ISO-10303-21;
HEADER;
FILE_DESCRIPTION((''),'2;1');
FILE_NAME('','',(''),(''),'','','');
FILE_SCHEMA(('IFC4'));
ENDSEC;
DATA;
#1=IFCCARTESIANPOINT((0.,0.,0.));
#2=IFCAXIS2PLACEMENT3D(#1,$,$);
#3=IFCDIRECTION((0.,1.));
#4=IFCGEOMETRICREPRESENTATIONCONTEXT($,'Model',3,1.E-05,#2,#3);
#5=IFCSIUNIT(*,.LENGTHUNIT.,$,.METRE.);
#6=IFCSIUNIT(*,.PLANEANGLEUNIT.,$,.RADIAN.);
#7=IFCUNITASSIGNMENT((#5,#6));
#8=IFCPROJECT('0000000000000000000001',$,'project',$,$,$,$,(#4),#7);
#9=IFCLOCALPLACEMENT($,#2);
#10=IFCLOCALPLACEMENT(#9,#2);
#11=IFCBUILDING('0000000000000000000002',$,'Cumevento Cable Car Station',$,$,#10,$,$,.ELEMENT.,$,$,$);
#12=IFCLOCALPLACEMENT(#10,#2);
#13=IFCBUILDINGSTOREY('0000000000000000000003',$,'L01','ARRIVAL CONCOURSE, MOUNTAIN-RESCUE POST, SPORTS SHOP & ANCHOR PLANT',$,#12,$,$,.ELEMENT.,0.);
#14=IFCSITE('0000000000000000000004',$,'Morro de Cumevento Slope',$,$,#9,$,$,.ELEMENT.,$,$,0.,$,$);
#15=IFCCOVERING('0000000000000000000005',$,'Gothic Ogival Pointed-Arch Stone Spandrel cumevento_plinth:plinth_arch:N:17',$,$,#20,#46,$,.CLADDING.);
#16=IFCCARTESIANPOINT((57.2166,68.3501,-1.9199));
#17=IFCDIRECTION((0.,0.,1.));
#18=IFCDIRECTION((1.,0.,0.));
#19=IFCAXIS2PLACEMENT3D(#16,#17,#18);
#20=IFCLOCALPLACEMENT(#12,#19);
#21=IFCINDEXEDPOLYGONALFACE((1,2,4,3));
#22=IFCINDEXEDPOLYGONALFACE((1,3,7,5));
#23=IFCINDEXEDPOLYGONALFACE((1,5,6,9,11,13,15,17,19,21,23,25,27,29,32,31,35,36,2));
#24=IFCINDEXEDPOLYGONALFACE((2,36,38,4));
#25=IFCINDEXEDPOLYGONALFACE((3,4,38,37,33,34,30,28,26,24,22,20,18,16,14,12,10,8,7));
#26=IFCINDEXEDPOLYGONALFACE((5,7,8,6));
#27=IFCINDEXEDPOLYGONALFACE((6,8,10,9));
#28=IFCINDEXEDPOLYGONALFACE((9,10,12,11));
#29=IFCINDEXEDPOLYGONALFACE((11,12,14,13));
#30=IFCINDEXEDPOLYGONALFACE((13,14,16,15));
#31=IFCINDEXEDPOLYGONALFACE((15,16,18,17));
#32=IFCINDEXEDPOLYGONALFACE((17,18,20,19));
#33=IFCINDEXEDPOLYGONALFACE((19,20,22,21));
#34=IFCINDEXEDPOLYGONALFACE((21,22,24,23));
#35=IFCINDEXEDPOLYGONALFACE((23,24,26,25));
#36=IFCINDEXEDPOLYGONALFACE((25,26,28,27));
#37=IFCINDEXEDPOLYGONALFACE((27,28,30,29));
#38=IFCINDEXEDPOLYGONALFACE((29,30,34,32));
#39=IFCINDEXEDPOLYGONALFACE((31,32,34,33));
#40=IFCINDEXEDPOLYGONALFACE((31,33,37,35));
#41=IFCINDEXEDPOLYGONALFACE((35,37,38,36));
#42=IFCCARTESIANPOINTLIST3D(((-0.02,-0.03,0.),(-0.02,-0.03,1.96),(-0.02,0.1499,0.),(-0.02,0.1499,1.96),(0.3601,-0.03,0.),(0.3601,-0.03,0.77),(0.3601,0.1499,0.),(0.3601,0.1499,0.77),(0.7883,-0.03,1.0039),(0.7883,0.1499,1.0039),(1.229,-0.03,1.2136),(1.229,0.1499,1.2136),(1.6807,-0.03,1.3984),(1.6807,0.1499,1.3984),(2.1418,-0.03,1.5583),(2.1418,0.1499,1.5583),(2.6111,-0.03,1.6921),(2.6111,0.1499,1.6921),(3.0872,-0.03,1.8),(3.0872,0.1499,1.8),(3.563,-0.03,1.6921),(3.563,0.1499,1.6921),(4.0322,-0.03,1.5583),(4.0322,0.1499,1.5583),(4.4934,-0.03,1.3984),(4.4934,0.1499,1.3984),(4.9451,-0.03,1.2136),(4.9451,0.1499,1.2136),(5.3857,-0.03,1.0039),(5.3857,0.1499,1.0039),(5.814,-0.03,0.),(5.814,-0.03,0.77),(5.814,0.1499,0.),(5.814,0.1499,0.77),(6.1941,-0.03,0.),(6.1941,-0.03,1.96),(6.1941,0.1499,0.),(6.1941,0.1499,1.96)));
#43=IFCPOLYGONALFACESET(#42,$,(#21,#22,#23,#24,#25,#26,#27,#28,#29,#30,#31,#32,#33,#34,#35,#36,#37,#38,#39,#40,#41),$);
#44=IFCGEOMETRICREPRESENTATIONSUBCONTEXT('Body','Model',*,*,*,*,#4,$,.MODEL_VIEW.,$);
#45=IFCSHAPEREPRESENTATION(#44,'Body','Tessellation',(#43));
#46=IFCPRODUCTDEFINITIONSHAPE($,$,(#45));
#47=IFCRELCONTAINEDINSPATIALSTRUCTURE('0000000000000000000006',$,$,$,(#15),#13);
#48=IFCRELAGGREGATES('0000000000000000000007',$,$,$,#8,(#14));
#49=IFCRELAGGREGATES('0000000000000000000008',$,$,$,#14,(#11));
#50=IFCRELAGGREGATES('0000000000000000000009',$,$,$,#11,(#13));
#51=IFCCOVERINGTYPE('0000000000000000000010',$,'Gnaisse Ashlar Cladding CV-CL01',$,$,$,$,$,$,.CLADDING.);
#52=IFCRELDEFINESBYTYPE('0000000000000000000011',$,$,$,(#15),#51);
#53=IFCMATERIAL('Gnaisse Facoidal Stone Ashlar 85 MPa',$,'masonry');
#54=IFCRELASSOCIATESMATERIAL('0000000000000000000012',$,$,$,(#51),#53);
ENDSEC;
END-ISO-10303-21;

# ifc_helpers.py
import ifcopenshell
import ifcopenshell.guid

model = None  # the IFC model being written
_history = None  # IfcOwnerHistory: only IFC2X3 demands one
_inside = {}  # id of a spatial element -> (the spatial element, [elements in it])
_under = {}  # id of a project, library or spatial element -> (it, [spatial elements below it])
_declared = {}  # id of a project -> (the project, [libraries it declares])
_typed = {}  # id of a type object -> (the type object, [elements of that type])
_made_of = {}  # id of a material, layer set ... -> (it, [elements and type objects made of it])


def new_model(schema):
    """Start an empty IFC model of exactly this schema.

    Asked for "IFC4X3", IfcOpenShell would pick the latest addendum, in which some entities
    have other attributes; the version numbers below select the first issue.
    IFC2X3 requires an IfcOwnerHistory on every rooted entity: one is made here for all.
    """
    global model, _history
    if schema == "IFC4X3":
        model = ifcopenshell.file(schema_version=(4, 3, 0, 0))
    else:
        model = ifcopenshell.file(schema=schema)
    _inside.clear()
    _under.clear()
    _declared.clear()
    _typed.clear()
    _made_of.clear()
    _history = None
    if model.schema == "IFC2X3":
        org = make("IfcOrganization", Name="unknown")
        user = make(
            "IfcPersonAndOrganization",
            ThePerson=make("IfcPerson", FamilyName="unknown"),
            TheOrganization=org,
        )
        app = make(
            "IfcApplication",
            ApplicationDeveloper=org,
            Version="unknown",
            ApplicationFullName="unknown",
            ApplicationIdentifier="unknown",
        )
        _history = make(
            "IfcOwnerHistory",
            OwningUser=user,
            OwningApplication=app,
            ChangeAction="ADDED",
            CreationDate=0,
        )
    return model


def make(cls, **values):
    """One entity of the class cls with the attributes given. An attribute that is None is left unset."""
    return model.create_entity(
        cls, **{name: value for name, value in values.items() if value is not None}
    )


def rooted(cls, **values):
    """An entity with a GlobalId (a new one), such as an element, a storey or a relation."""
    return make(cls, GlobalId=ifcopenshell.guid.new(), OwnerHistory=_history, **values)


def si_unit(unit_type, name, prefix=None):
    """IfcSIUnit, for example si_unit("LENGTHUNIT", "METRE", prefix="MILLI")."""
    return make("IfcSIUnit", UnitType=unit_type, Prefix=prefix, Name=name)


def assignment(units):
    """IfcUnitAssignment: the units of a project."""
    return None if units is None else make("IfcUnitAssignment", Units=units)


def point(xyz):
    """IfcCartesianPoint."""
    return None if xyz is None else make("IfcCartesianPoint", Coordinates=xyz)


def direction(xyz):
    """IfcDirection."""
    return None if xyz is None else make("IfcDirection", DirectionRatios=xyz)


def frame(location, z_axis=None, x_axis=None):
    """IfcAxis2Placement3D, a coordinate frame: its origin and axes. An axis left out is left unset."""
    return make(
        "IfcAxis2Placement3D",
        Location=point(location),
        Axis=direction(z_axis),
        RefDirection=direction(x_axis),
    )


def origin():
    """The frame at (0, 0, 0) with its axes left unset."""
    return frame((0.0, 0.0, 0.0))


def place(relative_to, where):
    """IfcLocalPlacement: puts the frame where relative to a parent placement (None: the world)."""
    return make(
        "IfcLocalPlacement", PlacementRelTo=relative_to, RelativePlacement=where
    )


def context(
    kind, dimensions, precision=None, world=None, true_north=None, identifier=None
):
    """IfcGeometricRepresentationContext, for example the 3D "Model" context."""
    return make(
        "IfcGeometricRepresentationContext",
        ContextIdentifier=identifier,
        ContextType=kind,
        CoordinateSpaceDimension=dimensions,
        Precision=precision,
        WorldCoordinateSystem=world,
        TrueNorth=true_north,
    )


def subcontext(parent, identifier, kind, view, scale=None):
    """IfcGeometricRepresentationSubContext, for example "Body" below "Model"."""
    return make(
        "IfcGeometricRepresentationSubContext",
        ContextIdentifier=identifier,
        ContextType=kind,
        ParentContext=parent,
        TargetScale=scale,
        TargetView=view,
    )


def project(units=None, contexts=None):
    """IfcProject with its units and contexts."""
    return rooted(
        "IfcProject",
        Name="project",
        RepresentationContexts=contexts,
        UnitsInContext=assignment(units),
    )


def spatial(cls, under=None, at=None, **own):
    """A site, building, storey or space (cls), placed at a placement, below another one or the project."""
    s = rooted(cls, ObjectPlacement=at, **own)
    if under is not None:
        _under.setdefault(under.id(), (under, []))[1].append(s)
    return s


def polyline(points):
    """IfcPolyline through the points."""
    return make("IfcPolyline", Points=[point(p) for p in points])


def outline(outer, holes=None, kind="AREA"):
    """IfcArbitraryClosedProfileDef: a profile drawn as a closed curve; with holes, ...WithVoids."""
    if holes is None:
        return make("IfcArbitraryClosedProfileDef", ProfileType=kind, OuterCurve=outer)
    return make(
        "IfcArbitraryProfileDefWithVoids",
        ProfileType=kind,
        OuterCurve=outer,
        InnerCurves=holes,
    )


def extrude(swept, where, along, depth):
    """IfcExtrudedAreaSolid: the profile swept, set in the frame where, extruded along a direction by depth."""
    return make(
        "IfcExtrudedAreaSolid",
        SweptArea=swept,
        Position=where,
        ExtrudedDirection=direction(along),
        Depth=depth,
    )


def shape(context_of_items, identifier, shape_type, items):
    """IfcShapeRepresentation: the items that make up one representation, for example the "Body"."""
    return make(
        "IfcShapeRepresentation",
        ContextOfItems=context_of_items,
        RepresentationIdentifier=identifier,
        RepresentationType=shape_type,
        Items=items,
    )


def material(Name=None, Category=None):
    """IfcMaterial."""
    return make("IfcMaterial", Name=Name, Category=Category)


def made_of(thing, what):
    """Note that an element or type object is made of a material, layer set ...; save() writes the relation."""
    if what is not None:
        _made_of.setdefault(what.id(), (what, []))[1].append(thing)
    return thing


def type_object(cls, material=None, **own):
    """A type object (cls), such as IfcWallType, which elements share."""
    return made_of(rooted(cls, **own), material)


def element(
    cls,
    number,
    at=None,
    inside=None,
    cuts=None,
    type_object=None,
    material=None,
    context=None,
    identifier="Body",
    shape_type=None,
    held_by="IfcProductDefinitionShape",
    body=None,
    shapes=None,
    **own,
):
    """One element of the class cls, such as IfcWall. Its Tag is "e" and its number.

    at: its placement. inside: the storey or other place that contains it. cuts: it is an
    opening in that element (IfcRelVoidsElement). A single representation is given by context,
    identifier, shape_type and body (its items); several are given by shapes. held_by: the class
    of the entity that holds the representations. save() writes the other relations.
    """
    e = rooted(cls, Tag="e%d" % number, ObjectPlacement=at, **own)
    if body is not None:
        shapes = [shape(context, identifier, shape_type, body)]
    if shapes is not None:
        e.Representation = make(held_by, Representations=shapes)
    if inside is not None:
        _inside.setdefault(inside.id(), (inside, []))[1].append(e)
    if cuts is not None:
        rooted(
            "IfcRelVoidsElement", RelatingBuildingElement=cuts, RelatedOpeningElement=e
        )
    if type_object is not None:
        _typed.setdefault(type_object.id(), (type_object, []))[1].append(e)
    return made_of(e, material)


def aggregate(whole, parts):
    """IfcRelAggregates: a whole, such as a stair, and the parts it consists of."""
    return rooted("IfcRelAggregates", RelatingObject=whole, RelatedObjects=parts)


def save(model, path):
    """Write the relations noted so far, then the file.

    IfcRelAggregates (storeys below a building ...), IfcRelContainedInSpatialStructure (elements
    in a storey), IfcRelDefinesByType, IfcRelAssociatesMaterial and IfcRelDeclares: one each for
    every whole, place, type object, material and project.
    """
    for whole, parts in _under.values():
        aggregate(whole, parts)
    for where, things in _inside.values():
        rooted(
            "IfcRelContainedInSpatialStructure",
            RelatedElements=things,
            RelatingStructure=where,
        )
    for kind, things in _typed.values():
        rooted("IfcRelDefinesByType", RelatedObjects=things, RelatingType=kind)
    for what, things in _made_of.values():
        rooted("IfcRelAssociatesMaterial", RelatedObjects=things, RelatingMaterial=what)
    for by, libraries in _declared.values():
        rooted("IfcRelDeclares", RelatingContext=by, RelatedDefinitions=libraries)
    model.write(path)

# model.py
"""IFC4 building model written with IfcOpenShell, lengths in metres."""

from ifc_helpers import new_model, si_unit, direction, frame, origin, place, context, subcontext, project, spatial, polyline, outline, extrude, material, type_object, element, save


model = new_model("IFC4")

# Units and contexts
model_context = context("Model", 3, precision=1e-05, world=origin(), true_north=direction((0.0, 1.0)))
body_context = subcontext(model_context, "Body", "Model", "MODEL_VIEW")
ifc_project = project(units=[si_unit("LENGTHUNIT", "METRE"), si_unit("PLANEANGLEUNIT", "RADIAN")], contexts=[model_context])

# Site, building, storey
site_placement = place(None, origin())
site = spatial("IfcSite", under=ifc_project, at=site_placement, Name="Morro de Cumevento Slope", CompositionType="ELEMENT", RefElevation=0.0)
building_placement = place(site_placement, origin())
building = spatial("IfcBuilding", under=site, at=building_placement, Name="Cumevento Cable Car Station", CompositionType="ELEMENT")
storey_placement = place(building_placement, origin())
storey = spatial("IfcBuildingStorey", under=building, at=storey_placement, Name="L01", Description="ARRIVAL CONCOURSE, MOUNTAIN-RESCUE POST, SPORTS SHOP & ANCHOR PLANT", CompositionType="ELEMENT", Elevation=0.0)

# Covering
ifc_material_1 = material(Name="Gnaisse Facoidal Stone Ashlar 85 MPa", Category="masonry")
covering_type = type_object("IfcCoveringType", Name="Gnaisse Ashlar Cladding CV-CL01", PredefinedType="CLADDING", material=ifc_material_1)
covering_1_placement = place(storey_placement, frame((57.2166, 68.3501, -1.9199), z_axis=(0.0, 0.0, 1.0), x_axis=(1.0, 0.0, 0.0)))
element("IfcCovering", 1, at=covering_1_placement, inside=storey, type_object=covering_type, Name="Gothic Ogival Pointed-Arch Stone Spandrel cumevento_plinth:plinth_arch:N:17", PredefinedType="CLADDING", context=body_context, shape_type="SweptSolid", body=[
    extrude(outline(polyline([(-0.02, 0.0), (-0.02, 1.96), (6.1941, 1.96), (6.1941, 0.0), (5.814, 0.0), (5.814, 0.77), (5.3857, 1.0039), (4.9451, 1.2136), (4.4934, 1.3984), (4.0322, 1.5583), (3.563, 1.6921), (3.0872, 1.8), (2.6111, 1.6921), (2.1418, 1.5583), (1.6807, 1.3984), (1.229, 1.2136), (0.7883, 1.0039), (0.3601, 0.77), (0.3601, 0.0), (-0.02, 0.0)])), frame((0.0, 0.1499, 0.0), z_axis=(0.0, -1.0, 0.0), x_axis=(1.0, 0.0, 0.0)), (0.0, 0.0, 1.0), 0.1799),
])

save(model, "model.ifc")
